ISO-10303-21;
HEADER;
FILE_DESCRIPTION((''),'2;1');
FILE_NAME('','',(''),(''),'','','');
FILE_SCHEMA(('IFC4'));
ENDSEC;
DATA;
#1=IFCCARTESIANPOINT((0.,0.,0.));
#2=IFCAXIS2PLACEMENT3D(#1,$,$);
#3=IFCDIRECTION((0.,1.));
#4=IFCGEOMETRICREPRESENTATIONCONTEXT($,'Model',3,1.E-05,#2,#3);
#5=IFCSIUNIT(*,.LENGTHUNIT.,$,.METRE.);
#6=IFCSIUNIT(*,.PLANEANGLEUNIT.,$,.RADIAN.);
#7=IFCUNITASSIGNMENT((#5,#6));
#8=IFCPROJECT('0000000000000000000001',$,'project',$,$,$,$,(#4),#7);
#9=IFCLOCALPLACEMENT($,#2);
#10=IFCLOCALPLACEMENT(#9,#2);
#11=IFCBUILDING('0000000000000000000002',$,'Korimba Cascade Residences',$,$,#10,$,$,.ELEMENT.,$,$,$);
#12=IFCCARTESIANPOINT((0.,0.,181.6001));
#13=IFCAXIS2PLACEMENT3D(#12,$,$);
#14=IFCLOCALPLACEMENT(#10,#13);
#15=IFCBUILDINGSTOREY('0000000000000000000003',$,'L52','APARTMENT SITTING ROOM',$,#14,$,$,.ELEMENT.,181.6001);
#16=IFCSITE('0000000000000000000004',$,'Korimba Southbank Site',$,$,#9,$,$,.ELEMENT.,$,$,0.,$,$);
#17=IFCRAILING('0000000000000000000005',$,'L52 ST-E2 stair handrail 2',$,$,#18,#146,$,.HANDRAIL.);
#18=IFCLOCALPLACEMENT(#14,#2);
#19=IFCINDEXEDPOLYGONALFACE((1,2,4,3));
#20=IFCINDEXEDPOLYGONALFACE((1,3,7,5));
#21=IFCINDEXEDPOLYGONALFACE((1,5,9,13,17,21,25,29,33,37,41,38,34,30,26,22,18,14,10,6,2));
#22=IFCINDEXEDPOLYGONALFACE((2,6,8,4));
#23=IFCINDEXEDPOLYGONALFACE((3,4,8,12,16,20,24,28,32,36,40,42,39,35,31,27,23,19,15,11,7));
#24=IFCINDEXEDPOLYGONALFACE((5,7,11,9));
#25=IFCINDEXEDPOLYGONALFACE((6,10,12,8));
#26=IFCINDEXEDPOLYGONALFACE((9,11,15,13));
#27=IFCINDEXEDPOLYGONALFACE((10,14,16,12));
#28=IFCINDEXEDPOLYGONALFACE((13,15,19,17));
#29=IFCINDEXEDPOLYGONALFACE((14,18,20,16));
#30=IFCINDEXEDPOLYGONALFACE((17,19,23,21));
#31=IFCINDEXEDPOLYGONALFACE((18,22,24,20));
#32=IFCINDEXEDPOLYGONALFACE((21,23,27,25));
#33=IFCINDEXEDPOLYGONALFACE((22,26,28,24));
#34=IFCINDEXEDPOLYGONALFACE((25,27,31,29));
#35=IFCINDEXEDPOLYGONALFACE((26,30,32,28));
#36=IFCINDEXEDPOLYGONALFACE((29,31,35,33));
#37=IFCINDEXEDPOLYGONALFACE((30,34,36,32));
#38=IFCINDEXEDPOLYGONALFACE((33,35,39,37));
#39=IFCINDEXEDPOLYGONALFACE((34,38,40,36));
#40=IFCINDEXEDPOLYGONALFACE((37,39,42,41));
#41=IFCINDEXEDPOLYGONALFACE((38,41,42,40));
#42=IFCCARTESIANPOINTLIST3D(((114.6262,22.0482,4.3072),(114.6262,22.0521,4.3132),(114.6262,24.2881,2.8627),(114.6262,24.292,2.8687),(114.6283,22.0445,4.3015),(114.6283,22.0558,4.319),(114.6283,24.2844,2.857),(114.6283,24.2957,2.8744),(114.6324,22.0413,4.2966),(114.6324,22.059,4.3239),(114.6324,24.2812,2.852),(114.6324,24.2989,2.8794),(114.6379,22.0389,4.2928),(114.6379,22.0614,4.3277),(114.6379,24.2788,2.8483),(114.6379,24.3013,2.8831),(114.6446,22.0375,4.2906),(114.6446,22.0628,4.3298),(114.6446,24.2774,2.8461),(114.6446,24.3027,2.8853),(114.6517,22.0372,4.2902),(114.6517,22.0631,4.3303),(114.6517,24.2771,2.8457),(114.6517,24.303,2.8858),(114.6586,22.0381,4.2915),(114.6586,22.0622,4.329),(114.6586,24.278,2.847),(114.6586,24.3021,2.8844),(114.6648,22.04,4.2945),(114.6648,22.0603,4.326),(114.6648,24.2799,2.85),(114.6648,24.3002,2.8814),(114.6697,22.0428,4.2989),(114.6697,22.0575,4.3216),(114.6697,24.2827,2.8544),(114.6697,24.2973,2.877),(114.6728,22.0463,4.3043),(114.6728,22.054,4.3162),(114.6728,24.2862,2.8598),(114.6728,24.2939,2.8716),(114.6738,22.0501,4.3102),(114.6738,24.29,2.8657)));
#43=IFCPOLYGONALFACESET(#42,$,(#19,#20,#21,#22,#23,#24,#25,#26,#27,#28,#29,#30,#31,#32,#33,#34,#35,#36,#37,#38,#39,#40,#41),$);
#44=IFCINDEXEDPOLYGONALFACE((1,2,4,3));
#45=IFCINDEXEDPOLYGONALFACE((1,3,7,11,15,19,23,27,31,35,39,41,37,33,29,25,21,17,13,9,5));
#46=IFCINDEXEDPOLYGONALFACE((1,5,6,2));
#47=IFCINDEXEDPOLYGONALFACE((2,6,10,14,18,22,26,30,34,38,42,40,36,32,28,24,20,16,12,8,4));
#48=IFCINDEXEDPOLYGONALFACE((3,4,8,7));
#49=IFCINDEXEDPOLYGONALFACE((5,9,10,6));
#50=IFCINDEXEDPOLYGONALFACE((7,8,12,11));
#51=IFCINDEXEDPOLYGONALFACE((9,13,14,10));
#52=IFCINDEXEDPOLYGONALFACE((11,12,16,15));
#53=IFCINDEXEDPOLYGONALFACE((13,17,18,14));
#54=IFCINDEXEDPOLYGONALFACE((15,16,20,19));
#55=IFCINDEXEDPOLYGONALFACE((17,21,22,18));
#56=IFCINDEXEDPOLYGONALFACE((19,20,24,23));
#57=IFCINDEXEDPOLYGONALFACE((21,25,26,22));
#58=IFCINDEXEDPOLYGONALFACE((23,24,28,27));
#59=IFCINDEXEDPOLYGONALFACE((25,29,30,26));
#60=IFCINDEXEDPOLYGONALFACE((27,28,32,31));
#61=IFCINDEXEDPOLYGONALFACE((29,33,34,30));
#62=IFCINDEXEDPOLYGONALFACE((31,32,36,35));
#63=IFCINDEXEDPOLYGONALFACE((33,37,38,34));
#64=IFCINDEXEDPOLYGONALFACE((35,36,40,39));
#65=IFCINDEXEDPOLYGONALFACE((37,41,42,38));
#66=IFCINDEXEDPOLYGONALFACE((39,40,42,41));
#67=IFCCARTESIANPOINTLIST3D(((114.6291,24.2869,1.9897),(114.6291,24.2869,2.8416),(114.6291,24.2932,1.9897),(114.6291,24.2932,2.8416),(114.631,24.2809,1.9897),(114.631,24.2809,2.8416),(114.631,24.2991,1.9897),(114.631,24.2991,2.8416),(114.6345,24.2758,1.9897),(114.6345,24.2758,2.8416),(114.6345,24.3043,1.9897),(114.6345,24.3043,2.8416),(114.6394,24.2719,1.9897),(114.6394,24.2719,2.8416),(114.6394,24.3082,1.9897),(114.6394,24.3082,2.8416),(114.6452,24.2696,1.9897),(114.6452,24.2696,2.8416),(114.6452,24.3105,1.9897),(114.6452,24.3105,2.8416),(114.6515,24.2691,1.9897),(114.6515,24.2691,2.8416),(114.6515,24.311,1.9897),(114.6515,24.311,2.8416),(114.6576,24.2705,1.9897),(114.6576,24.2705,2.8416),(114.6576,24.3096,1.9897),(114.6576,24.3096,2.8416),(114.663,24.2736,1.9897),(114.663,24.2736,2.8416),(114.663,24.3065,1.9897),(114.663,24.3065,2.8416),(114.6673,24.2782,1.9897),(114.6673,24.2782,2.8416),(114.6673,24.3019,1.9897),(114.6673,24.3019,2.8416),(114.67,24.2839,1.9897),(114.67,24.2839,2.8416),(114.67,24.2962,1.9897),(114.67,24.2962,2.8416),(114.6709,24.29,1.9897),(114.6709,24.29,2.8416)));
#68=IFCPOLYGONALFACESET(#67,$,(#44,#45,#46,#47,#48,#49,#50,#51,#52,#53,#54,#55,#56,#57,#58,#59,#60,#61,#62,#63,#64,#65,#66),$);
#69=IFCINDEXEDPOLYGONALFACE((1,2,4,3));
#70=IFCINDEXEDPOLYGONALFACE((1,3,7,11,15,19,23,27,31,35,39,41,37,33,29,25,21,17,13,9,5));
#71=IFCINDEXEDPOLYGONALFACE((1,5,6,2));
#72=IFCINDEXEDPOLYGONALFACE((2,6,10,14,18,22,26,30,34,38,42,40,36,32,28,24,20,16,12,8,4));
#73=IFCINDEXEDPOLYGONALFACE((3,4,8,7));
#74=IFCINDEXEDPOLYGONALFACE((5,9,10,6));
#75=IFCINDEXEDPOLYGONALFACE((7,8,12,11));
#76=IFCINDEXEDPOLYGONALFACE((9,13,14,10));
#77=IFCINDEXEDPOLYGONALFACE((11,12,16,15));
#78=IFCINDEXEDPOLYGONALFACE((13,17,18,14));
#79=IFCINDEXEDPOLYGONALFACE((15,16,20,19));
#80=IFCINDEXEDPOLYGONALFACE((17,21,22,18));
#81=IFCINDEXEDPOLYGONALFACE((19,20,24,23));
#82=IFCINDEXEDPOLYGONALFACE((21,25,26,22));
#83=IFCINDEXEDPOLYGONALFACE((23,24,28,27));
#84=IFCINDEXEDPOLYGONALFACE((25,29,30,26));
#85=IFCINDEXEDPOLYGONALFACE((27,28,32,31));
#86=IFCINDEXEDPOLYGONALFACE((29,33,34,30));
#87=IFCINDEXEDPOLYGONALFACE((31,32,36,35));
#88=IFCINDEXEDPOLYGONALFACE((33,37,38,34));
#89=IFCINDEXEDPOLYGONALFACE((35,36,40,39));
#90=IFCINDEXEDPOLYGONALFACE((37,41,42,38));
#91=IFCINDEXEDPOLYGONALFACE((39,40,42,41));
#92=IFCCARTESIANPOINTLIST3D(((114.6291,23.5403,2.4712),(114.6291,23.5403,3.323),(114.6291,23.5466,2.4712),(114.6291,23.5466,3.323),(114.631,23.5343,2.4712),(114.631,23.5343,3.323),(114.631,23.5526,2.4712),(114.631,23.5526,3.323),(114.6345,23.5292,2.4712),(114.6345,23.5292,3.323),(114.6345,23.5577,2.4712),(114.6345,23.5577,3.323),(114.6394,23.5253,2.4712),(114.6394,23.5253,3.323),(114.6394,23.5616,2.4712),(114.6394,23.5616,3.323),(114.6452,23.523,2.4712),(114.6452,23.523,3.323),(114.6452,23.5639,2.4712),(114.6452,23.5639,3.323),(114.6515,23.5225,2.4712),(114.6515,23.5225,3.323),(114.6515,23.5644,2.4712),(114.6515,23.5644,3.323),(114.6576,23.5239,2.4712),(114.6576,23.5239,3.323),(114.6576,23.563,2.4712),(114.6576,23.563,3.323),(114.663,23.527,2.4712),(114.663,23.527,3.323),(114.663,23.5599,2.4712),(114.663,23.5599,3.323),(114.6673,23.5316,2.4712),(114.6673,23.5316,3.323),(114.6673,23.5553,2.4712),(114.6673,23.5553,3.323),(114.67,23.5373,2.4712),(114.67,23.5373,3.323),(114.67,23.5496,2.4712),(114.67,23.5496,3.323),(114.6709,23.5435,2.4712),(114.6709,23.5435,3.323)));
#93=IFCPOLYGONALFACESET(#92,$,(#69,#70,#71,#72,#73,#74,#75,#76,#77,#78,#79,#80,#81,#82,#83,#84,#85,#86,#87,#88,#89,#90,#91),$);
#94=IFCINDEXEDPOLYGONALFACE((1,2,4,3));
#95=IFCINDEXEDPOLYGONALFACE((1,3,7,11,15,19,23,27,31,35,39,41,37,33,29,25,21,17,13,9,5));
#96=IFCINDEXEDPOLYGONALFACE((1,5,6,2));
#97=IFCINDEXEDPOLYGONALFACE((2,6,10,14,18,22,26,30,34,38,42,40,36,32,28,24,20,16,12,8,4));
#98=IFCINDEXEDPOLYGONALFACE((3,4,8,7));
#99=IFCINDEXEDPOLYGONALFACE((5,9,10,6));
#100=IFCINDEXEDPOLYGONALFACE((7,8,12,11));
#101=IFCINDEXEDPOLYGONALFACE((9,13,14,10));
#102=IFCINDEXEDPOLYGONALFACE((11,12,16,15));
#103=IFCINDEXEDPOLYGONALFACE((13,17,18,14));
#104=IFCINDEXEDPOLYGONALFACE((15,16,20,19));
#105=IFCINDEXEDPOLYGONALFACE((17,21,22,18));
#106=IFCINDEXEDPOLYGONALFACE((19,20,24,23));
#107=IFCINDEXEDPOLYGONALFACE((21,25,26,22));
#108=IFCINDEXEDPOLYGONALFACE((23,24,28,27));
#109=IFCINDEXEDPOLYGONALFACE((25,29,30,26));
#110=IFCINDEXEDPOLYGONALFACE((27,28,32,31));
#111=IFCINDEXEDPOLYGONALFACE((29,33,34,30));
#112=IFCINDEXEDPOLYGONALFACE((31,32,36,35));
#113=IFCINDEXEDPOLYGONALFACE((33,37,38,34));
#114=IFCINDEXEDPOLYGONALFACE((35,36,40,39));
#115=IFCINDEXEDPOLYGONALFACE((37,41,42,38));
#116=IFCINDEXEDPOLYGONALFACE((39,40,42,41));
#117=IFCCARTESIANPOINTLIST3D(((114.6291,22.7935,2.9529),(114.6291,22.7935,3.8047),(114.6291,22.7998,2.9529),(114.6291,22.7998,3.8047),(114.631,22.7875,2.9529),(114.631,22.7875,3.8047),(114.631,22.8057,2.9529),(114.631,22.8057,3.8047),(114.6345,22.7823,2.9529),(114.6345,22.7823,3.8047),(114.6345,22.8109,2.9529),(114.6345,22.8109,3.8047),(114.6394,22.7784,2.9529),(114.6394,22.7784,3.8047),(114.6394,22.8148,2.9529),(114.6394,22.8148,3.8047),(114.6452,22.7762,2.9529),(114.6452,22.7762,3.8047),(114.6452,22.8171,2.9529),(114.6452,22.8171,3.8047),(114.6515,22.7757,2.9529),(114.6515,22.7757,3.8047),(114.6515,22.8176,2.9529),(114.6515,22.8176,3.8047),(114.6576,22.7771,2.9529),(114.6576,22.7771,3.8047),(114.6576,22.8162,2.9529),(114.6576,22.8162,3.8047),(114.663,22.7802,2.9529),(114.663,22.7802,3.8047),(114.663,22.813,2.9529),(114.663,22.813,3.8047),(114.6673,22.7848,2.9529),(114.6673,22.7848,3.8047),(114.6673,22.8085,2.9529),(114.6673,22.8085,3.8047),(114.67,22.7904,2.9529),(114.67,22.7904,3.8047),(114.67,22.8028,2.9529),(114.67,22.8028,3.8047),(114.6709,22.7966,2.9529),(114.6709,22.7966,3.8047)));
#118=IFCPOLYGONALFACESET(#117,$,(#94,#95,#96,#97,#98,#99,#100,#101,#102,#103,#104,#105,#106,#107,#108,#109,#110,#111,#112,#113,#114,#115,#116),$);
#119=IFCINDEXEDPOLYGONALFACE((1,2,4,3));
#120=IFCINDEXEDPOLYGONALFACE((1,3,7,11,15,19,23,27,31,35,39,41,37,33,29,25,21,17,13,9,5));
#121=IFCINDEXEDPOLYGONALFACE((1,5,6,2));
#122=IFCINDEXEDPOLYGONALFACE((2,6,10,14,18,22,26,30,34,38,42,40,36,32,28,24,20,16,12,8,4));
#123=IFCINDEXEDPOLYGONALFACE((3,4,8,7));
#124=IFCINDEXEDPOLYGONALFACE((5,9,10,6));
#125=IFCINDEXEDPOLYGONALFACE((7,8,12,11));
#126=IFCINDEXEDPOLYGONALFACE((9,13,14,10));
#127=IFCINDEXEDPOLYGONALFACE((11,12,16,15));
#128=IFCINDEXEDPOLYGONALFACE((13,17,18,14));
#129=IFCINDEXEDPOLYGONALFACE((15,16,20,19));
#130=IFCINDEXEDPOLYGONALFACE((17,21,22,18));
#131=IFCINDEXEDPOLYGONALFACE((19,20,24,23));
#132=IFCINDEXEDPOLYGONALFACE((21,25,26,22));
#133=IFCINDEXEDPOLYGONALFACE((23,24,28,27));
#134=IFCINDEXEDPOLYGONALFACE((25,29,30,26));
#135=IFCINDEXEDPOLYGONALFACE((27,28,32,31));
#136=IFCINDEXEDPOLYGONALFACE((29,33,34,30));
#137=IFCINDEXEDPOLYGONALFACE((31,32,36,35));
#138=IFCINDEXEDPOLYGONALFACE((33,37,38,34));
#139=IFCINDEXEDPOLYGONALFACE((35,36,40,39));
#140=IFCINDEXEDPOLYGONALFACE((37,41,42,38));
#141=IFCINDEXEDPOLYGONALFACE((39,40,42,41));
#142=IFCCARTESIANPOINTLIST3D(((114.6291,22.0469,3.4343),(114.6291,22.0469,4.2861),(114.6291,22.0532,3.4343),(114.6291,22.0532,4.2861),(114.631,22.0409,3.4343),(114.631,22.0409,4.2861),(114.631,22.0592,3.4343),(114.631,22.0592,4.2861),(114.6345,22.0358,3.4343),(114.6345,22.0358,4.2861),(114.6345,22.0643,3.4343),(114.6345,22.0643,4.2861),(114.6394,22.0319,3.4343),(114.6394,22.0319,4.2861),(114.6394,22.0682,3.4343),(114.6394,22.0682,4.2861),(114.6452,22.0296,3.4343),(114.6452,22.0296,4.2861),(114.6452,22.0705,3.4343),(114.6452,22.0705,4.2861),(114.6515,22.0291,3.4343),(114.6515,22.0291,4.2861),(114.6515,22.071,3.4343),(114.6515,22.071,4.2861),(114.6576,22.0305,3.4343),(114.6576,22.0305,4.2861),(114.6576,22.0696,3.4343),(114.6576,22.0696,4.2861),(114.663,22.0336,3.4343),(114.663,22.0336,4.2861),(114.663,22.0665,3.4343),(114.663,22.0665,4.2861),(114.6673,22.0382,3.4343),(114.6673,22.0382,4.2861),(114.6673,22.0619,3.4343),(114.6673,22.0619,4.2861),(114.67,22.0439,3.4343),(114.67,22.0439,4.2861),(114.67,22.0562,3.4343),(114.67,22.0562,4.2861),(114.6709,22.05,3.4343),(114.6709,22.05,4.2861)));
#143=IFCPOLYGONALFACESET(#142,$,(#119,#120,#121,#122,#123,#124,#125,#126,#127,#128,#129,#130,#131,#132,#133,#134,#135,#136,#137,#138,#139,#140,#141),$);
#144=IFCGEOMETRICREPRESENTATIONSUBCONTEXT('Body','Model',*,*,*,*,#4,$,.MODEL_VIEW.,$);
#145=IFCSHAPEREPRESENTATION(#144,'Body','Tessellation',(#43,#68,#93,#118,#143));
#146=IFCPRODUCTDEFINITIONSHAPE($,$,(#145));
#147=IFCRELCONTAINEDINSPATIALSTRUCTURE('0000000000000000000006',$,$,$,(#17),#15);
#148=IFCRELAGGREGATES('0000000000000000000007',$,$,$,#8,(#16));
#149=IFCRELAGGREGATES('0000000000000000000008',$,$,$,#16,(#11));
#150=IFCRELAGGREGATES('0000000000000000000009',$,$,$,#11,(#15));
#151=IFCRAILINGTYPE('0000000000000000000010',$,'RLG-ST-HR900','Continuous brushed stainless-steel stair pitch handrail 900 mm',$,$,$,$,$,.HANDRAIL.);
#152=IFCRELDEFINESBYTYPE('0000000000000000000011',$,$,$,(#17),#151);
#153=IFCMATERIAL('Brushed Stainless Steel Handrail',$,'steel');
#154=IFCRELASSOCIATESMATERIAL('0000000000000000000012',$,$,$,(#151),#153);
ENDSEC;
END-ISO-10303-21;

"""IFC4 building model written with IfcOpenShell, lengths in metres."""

from ifc_helpers import new_model, si_unit, direction, frame, origin, origin_2d, place, context, subcontext, project, spatial, circle, extrude, material, type_object, element, save


model = new_model("IFC4")

# Units and contexts
model_context = context("Model", 3, precision=1e-05, world=origin(), true_north=direction((0.0, 1.0)))
body_context = subcontext(model_context, "Body", "Model", "MODEL_VIEW")
ifc_project = project(units=[si_unit("LENGTHUNIT", "METRE"), si_unit("PLANEANGLEUNIT", "RADIAN")], contexts=[model_context])

# Site, building, storey
site_placement = place(None, origin())
site = spatial("IfcSite", under=ifc_project, at=site_placement, Name="Korimba Southbank Site", CompositionType="ELEMENT", RefElevation=0.0)
building_placement = place(site_placement, origin())
building = spatial("IfcBuilding", under=site, at=building_placement, Name="Korimba Cascade Residences", CompositionType="ELEMENT")
storey_placement = place(building_placement, frame((0.0, 0.0, 181.6001)))
storey = spatial("IfcBuildingStorey", under=building, at=storey_placement, Name="L52", Description="APARTMENT SITTING ROOM", CompositionType="ELEMENT", Elevation=181.6001)

# Railing
ifc_material_1 = material(Name="Brushed Stainless Steel Handrail", Category="steel")
railing_type_1 = type_object("IfcRailingType", Name="RLG-ST-HR900", Description="Continuous brushed stainless-steel stair pitch handrail 900 mm", PredefinedType="HANDRAIL", material=ifc_material_1)
railing_1_placement = place(storey_placement, frame((114.6499, 24.29, 1.9897)))
element("IfcRailing", 1, at=railing_1_placement, inside=storey, type_object=railing_type_1, Name="L52 ST-E2 stair handrail 2", PredefinedType="HANDRAIL", context=body_context, shape_type="SweptSolid", body=[
    extrude(circle(Radius=0.0239, at=origin_2d()), frame((0.0, 0.0, 0.876), z_axis=(0.0, -0.840395, 0.541975), x_axis=(1.0, 0.0, 0.0)), (0.0, 0.0, 1.0), 2.6653),
    extrude(circle(Radius=0.021, at=origin_2d()), origin(), (0.0, 0.0, 1.0), 0.8518),
    extrude(circle(Radius=0.021, at=origin_2d()), frame((0.0, -0.7466, 0.4814)), (0.0, 0.0, 1.0), 0.8518),
    extrude(circle(Radius=0.021, at=origin_2d()), frame((0.0, -1.4934, 0.9631)), (0.0, 0.0, 1.0), 0.8518),
    extrude(circle(Radius=0.021, at=origin_2d()), frame((0.0, -2.24, 1.4446)), (0.0, 0.0, 1.0), 0.8518),
])

save(model, "model.ifc")
